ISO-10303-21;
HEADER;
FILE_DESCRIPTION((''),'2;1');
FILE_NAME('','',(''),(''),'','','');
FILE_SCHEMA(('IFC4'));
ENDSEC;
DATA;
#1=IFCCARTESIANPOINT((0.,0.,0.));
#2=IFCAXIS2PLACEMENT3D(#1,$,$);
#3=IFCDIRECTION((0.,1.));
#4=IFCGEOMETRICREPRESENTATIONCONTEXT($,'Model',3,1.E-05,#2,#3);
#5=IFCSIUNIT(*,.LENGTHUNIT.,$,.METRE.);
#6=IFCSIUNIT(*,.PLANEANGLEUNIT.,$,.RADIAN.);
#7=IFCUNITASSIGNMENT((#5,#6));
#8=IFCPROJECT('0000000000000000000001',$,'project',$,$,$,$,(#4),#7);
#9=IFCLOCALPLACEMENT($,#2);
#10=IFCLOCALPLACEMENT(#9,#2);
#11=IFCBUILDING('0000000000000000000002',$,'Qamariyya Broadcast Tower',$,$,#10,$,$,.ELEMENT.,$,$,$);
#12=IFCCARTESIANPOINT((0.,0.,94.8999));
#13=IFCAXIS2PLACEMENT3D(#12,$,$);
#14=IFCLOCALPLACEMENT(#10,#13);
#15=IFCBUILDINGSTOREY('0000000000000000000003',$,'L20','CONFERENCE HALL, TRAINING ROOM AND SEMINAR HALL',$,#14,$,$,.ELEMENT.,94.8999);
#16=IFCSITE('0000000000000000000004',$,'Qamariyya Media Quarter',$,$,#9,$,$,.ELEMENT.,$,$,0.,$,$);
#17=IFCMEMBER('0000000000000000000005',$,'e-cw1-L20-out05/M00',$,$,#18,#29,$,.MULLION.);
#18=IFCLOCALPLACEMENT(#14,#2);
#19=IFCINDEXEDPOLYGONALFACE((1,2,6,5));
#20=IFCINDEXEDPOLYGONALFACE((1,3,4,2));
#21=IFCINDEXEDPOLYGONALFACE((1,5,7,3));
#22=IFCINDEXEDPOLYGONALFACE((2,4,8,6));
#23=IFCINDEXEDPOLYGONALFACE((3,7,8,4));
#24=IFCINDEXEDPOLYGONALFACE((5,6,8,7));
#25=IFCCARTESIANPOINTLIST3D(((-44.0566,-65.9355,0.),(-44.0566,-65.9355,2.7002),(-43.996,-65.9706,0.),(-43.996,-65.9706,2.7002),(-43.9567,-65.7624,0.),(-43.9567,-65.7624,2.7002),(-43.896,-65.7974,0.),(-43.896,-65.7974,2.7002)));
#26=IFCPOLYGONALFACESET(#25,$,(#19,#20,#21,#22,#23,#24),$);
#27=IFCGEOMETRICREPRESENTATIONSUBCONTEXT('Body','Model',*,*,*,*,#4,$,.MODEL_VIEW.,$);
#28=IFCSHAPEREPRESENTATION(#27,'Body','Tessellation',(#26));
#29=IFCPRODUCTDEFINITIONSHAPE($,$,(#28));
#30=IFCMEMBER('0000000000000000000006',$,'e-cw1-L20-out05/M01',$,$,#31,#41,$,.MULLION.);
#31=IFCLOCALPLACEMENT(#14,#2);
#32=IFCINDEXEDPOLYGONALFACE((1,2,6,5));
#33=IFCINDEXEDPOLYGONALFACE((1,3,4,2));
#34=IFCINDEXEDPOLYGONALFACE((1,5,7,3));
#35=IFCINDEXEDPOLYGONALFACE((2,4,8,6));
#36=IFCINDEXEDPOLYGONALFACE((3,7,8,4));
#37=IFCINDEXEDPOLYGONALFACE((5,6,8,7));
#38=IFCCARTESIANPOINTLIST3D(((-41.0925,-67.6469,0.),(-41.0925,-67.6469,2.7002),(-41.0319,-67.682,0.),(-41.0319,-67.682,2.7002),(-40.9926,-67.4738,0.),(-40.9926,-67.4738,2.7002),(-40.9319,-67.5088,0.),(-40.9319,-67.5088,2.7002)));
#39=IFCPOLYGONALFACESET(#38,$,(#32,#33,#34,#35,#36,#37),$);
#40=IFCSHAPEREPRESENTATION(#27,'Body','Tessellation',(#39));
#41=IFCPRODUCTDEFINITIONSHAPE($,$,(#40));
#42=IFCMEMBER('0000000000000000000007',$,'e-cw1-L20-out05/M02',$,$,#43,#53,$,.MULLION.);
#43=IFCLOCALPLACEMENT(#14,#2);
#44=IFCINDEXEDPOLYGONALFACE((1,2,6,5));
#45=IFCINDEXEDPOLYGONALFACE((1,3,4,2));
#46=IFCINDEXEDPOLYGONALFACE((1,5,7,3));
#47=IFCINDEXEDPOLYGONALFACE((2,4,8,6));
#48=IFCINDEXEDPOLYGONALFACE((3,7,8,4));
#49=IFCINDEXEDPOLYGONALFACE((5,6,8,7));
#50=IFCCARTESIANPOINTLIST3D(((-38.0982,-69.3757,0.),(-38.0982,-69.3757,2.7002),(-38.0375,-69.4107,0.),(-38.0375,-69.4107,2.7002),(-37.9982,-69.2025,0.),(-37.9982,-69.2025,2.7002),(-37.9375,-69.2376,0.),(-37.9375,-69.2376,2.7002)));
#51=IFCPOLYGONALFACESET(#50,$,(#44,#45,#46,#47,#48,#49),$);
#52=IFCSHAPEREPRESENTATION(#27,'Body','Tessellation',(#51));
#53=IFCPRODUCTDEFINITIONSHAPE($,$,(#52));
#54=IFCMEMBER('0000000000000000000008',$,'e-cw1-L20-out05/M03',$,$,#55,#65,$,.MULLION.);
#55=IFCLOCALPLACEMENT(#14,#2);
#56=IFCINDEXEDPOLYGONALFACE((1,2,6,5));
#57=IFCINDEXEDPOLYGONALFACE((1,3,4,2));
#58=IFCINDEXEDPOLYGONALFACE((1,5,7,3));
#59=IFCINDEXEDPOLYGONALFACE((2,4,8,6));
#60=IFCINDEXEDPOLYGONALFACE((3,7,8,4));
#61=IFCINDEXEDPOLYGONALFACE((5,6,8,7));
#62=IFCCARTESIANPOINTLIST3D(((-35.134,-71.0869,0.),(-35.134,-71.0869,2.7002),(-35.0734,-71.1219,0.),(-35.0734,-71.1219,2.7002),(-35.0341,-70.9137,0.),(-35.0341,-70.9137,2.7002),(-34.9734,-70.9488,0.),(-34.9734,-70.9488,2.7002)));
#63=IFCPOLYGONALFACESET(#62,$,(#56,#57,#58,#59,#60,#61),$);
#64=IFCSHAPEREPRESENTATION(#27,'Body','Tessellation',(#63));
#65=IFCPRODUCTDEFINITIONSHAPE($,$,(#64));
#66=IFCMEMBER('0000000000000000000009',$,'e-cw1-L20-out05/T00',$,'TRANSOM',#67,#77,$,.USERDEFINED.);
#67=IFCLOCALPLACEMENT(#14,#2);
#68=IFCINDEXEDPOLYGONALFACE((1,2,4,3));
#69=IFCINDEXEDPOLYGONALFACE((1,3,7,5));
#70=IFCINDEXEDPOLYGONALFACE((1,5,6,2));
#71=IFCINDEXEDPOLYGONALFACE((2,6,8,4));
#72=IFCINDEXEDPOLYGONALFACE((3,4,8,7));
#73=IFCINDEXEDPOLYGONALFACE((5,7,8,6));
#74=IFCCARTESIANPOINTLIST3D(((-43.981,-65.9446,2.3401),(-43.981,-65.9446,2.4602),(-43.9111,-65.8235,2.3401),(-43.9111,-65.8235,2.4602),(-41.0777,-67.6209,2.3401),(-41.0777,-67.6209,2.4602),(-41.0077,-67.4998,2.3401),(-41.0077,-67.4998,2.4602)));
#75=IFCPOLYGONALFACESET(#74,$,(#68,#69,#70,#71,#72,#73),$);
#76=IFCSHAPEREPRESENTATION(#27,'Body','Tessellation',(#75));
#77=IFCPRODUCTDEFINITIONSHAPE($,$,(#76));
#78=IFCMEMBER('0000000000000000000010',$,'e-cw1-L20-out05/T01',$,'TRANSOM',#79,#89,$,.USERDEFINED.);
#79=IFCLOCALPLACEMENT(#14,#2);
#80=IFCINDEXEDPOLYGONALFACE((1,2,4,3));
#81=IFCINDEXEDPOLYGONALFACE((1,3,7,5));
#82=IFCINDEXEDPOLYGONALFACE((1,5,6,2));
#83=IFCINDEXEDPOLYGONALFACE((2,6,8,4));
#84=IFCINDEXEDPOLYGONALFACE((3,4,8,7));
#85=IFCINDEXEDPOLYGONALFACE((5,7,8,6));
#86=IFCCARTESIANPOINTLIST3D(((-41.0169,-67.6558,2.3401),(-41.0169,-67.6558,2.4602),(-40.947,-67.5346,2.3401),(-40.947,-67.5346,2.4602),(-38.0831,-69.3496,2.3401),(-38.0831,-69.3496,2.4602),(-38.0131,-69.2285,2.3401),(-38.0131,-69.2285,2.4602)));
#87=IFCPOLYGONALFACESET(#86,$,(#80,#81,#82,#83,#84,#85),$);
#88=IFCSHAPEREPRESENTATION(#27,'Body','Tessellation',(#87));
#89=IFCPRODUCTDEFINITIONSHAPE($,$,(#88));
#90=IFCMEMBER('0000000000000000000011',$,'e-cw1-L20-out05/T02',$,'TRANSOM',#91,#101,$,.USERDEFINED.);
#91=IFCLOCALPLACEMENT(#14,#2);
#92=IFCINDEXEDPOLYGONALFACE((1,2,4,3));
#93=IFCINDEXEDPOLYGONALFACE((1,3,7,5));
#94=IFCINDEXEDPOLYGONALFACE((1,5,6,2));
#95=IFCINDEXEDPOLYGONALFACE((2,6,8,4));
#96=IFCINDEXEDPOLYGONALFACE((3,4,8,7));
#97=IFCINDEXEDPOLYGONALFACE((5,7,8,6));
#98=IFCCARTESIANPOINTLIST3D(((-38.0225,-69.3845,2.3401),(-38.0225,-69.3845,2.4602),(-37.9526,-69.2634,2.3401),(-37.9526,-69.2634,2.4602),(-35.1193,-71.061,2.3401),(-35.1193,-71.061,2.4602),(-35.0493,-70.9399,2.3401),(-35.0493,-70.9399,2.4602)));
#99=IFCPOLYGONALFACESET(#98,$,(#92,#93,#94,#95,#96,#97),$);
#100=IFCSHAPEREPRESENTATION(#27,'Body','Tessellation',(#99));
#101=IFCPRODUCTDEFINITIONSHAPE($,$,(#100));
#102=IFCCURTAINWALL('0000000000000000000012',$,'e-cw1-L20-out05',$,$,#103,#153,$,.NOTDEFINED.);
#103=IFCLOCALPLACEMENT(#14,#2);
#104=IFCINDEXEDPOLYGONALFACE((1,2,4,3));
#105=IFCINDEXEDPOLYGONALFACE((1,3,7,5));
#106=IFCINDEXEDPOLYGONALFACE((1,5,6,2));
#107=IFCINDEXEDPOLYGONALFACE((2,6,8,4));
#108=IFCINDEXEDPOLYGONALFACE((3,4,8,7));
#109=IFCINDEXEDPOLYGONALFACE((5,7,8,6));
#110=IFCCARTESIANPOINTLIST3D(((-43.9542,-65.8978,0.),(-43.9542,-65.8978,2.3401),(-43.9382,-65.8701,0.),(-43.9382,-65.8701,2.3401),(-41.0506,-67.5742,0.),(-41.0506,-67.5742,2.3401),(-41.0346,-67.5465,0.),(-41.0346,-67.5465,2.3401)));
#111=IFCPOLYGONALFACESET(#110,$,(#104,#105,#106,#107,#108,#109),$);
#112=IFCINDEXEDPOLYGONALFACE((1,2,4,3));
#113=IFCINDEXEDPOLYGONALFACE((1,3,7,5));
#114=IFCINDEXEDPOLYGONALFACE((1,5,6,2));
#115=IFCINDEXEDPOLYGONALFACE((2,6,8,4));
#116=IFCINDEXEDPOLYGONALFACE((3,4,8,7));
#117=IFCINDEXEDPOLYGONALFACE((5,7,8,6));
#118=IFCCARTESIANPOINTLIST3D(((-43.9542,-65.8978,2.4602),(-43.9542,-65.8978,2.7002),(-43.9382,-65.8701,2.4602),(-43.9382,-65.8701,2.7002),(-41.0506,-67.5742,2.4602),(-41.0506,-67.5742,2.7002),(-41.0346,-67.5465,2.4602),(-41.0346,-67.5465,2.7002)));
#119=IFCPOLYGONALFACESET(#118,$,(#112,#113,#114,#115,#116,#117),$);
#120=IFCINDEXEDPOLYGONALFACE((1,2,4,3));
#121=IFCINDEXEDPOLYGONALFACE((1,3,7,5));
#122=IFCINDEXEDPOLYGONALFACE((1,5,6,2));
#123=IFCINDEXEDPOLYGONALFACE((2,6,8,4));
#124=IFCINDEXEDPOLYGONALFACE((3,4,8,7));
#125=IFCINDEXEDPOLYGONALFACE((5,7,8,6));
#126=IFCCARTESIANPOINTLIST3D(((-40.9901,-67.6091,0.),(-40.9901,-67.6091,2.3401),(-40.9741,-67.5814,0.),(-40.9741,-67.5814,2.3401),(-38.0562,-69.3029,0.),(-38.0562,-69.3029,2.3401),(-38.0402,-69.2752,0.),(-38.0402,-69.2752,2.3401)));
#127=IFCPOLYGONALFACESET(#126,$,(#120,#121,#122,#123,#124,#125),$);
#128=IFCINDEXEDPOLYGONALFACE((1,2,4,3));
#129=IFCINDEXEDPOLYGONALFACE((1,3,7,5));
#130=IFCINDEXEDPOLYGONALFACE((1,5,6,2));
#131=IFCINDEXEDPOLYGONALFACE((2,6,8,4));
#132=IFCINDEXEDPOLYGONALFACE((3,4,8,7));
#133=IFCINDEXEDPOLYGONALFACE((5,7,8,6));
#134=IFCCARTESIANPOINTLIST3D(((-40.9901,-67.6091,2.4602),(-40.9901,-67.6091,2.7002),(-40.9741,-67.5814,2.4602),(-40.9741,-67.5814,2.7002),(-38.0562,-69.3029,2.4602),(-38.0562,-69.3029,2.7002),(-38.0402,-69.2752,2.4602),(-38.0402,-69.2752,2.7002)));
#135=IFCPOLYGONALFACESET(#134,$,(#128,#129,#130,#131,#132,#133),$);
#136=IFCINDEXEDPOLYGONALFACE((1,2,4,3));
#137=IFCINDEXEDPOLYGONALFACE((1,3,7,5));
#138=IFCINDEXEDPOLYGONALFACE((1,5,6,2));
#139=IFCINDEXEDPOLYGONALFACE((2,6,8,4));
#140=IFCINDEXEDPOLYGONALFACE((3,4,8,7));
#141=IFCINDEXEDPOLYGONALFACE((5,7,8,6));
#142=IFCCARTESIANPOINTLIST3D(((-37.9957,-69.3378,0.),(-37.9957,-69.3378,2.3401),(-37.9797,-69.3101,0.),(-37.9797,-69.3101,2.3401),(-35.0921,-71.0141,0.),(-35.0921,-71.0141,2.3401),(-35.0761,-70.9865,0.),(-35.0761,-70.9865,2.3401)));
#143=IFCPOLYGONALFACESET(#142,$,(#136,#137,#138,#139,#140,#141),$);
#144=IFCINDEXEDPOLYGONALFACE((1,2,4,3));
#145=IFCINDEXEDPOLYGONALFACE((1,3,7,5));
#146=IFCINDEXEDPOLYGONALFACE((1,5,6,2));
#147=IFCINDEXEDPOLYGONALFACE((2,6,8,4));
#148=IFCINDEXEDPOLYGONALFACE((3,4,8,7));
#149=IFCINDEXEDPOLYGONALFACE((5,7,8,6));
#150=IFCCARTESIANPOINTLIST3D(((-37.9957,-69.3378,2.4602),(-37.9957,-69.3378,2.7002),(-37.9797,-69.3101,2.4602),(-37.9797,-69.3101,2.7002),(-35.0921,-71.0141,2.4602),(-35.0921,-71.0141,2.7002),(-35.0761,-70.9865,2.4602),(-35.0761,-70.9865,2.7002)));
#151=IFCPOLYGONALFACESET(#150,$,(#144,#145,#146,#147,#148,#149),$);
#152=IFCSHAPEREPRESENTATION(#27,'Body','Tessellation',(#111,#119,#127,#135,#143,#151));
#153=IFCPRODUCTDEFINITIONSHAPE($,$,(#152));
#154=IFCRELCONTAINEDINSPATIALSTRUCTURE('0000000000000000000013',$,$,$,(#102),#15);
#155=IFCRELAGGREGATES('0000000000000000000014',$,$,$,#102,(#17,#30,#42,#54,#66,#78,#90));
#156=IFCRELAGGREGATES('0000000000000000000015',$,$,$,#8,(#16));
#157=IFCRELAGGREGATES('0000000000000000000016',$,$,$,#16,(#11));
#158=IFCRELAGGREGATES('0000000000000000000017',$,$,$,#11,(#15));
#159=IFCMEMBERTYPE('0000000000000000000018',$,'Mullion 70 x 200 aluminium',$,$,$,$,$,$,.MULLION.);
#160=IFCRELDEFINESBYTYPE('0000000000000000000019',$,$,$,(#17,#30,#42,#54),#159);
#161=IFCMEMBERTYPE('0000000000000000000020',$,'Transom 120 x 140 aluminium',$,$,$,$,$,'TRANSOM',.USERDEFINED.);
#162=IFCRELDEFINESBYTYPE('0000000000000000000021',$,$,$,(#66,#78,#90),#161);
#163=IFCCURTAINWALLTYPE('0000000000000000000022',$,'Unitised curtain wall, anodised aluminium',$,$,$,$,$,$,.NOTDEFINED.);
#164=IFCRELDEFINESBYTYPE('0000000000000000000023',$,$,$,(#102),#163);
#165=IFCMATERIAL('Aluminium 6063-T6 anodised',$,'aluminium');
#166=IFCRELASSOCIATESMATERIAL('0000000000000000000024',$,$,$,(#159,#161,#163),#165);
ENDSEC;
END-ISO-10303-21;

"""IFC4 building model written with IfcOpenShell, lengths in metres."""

from ifc_helpers import new_model, si_unit, direction, frame, origin, origin_2d, place, context, subcontext, project, spatial, rectangle, extrude, material, material_profile, profile_set, type_object, element, aggregate, save


model = new_model("IFC4")

# Units and contexts
model_context = context("Model", 3, precision=1e-05, world=origin(), true_north=direction((0.0, 1.0)))
body_context = subcontext(model_context, "Body", "Model", "MODEL_VIEW")
ifc_project = project(units=[si_unit("LENGTHUNIT", "METRE"), si_unit("PLANEANGLEUNIT", "RADIAN")], contexts=[model_context])

# Members
ifc_material = material(Name="Aluminium 6063-T6 anodised", Category="aluminium")
ifc_material_profile_1 = material_profile(ifc_material, rectangle(XDim=0.2, YDim=0.0701, at=origin_2d()))
ifc_profile_set_1 = profile_set([ifc_material_profile_1], Name="Aluminium 6063-T6 anodised")
member_type_1 = type_object("IfcMemberType", Name="Mullion 70 x 200 aluminium", PredefinedType="MULLION", material=ifc_profile_set_1)
site_placement = place(None, origin())
building_placement = place(site_placement, origin())
storey_placement = place(building_placement, frame((0.0, 0.0, 94.8999)))
member_1_placement = place(storey_placement, frame((-43.9763, -65.8665, 0.0), z_axis=(0.0, 0.0, 1.0), x_axis=(0.5, 0.866025, 0.0)))
member_1 = element("IfcMember", 1, at=member_1_placement, type_object=member_type_1, Name="e-cw1-L20-out05/M00", PredefinedType="MULLION", context=body_context, shape_type="SweptSolid", body=[
    extrude(rectangle(XDim=0.2, YDim=0.0701, at=origin_2d()), origin(), (0.0, 0.0, 1.0), 2.7002),
])
member_2_placement = place(storey_placement, frame((-41.0122, -67.5779, 0.0), z_axis=(0.0, 0.0, 1.0), x_axis=(0.5, 0.866025, 0.0)))
member_2 = element("IfcMember", 2, at=member_2_placement, type_object=member_type_1, Name="e-cw1-L20-out05/M01", PredefinedType="MULLION", context=body_context, shape_type="SweptSolid", body=[
    extrude(rectangle(XDim=0.2, YDim=0.0701, at=origin_2d()), origin(), (0.0, 0.0, 1.0), 2.7002),
])
member_3_placement = place(storey_placement, frame((-38.0178, -69.3066, 0.0), z_axis=(0.0, 0.0, 1.0), x_axis=(0.5, 0.866025, 0.0)))
member_3 = element("IfcMember", 3, at=member_3_placement, type_object=member_type_1, Name="e-cw1-L20-out05/M02", PredefinedType="MULLION", context=body_context, shape_type="SweptSolid", body=[
    extrude(rectangle(XDim=0.2, YDim=0.0701, at=origin_2d()), origin(), (0.0, 0.0, 1.0), 2.7002),
])
member_4_placement = place(storey_placement, frame((-35.0537, -71.0178, 0.0), z_axis=(0.0, 0.0, 1.0), x_axis=(0.5, 0.866025, 0.0)))
member_4 = element("IfcMember", 4, at=member_4_placement, type_object=member_type_1, Name="e-cw1-L20-out05/M03", PredefinedType="MULLION", context=body_context, shape_type="SweptSolid", body=[
    extrude(rectangle(XDim=0.2, YDim=0.0701, at=origin_2d()), origin(), (0.0, 0.0, 1.0), 2.7002),
])
ifc_material_profile_2 = material_profile(ifc_material, rectangle(XDim=0.1399, YDim=0.1201, at=origin_2d()))
ifc_profile_set_2 = profile_set([ifc_material_profile_2], Name="Aluminium 6063-T6 anodised")
member_type_2 = type_object("IfcMemberType", Name="Transom 120 x 140 aluminium", ElementType="TRANSOM", PredefinedType="USERDEFINED", material=ifc_profile_set_2)
member_5_placement = place(storey_placement, frame((-43.946, -65.884, 2.4001), z_axis=(0.866021, -0.500008, 0.0), x_axis=(0.500008, 0.866021, 0.0)))
member_5 = element("IfcMember", 5, at=member_5_placement, type_object=member_type_2, Name="e-cw1-L20-out05/T00", ObjectType="TRANSOM", PredefinedType="USERDEFINED", context=body_context, shape_type="SweptSolid", body=[
    extrude(rectangle(XDim=0.1399, YDim=0.1201, at=origin_2d()), origin(), (0.0, 0.0, 1.0), 3.3525),
])
member_6_placement = place(storey_placement, frame((-40.9819, -67.5952, 2.4001), z_axis=(0.866026, -0.499999, 0.0), x_axis=(0.499999, 0.866026, 0.0)))
member_6 = element("IfcMember", 6, at=member_6_placement, type_object=member_type_2, Name="e-cw1-L20-out05/T01", ObjectType="TRANSOM", PredefinedType="USERDEFINED", context=body_context, shape_type="SweptSolid", body=[
    extrude(rectangle(XDim=0.1399, YDim=0.1201, at=origin_2d()), origin(), (0.0, 0.0, 1.0), 3.3877),
])
member_7_placement = place(storey_placement, frame((-37.9875, -69.324, 2.4001), z_axis=(0.865989, -0.500063, 0.0), x_axis=(0.500063, 0.865989, 0.0)))
member_7 = element("IfcMember", 7, at=member_7_placement, type_object=member_type_2, Name="e-cw1-L20-out05/T02", ObjectType="TRANSOM", PredefinedType="USERDEFINED", context=body_context, shape_type="SweptSolid", body=[
    extrude(rectangle(XDim=0.1399, YDim=0.1201, at=origin_2d()), origin(), (0.0, 0.0, 1.0), 3.3525),
])

# Site, building, storey
site = spatial("IfcSite", under=ifc_project, at=site_placement, Name="Qamariyya Media Quarter", CompositionType="ELEMENT", RefElevation=0.0)
building = spatial("IfcBuilding", under=site, at=building_placement, Name="Qamariyya Broadcast Tower", CompositionType="ELEMENT")
storey = spatial("IfcBuildingStorey", under=building, at=storey_placement, Name="L20", Description="CONFERENCE HALL, TRAINING ROOM AND SEMINAR HALL", CompositionType="ELEMENT", Elevation=94.8999)

# Curtain wall
curtain_wall_type = type_object("IfcCurtainWallType", Name="Unitised curtain wall, anodised aluminium", PredefinedType="NOTDEFINED", material=ifc_material)
curtain_wall_1_placement = place(storey_placement, origin())
curtain_wall_1 = element("IfcCurtainWall", 8, at=curtain_wall_1_placement, inside=storey, type_object=curtain_wall_type, Name="e-cw1-L20-out05", PredefinedType="NOTDEFINED", context=body_context, shape_type="SweptSolid", body=[
    extrude(rectangle(XDim=3.3528, YDim=0.032, at=origin_2d()), frame((-42.4944, -66.7222, 0.0), x_axis=(0.866027, -0.499997, 0.0)), (0.0, 0.0, 1.0), 2.3401),
    extrude(rectangle(XDim=3.3528, YDim=0.032, at=origin_2d()), frame((-42.4944, -66.7222, 2.4602), x_axis=(0.866027, -0.499997, 0.0)), (0.0, 0.0, 1.0), 0.24),
    extrude(rectangle(XDim=3.3877, YDim=0.032, at=origin_2d()), frame((-39.5151, -68.4421, 0.0), x_axis=(0.866027, -0.499997, 0.0)), (0.0, 0.0, 1.0), 2.3401),
    extrude(rectangle(XDim=3.3877, YDim=0.032, at=origin_2d()), frame((-39.5151, -68.4421, 2.4602), x_axis=(0.866027, -0.499997, 0.0)), (0.0, 0.0, 1.0), 0.24),
    extrude(rectangle(XDim=3.3528, YDim=0.032, at=origin_2d()), frame((-36.5359, -70.1621, 0.0), x_axis=(0.866027, -0.499997, 0.0)), (0.0, 0.0, 1.0), 2.3401),
    extrude(rectangle(XDim=3.3528, YDim=0.032, at=origin_2d()), frame((-36.5359, -70.1621, 2.4602), x_axis=(0.866027, -0.499997, 0.0)), (0.0, 0.0, 1.0), 0.24),
])
aggregate(curtain_wall_1, [member_1, member_2, member_3, member_4, member_5, member_6, member_7])

save(model, "model.ifc")
